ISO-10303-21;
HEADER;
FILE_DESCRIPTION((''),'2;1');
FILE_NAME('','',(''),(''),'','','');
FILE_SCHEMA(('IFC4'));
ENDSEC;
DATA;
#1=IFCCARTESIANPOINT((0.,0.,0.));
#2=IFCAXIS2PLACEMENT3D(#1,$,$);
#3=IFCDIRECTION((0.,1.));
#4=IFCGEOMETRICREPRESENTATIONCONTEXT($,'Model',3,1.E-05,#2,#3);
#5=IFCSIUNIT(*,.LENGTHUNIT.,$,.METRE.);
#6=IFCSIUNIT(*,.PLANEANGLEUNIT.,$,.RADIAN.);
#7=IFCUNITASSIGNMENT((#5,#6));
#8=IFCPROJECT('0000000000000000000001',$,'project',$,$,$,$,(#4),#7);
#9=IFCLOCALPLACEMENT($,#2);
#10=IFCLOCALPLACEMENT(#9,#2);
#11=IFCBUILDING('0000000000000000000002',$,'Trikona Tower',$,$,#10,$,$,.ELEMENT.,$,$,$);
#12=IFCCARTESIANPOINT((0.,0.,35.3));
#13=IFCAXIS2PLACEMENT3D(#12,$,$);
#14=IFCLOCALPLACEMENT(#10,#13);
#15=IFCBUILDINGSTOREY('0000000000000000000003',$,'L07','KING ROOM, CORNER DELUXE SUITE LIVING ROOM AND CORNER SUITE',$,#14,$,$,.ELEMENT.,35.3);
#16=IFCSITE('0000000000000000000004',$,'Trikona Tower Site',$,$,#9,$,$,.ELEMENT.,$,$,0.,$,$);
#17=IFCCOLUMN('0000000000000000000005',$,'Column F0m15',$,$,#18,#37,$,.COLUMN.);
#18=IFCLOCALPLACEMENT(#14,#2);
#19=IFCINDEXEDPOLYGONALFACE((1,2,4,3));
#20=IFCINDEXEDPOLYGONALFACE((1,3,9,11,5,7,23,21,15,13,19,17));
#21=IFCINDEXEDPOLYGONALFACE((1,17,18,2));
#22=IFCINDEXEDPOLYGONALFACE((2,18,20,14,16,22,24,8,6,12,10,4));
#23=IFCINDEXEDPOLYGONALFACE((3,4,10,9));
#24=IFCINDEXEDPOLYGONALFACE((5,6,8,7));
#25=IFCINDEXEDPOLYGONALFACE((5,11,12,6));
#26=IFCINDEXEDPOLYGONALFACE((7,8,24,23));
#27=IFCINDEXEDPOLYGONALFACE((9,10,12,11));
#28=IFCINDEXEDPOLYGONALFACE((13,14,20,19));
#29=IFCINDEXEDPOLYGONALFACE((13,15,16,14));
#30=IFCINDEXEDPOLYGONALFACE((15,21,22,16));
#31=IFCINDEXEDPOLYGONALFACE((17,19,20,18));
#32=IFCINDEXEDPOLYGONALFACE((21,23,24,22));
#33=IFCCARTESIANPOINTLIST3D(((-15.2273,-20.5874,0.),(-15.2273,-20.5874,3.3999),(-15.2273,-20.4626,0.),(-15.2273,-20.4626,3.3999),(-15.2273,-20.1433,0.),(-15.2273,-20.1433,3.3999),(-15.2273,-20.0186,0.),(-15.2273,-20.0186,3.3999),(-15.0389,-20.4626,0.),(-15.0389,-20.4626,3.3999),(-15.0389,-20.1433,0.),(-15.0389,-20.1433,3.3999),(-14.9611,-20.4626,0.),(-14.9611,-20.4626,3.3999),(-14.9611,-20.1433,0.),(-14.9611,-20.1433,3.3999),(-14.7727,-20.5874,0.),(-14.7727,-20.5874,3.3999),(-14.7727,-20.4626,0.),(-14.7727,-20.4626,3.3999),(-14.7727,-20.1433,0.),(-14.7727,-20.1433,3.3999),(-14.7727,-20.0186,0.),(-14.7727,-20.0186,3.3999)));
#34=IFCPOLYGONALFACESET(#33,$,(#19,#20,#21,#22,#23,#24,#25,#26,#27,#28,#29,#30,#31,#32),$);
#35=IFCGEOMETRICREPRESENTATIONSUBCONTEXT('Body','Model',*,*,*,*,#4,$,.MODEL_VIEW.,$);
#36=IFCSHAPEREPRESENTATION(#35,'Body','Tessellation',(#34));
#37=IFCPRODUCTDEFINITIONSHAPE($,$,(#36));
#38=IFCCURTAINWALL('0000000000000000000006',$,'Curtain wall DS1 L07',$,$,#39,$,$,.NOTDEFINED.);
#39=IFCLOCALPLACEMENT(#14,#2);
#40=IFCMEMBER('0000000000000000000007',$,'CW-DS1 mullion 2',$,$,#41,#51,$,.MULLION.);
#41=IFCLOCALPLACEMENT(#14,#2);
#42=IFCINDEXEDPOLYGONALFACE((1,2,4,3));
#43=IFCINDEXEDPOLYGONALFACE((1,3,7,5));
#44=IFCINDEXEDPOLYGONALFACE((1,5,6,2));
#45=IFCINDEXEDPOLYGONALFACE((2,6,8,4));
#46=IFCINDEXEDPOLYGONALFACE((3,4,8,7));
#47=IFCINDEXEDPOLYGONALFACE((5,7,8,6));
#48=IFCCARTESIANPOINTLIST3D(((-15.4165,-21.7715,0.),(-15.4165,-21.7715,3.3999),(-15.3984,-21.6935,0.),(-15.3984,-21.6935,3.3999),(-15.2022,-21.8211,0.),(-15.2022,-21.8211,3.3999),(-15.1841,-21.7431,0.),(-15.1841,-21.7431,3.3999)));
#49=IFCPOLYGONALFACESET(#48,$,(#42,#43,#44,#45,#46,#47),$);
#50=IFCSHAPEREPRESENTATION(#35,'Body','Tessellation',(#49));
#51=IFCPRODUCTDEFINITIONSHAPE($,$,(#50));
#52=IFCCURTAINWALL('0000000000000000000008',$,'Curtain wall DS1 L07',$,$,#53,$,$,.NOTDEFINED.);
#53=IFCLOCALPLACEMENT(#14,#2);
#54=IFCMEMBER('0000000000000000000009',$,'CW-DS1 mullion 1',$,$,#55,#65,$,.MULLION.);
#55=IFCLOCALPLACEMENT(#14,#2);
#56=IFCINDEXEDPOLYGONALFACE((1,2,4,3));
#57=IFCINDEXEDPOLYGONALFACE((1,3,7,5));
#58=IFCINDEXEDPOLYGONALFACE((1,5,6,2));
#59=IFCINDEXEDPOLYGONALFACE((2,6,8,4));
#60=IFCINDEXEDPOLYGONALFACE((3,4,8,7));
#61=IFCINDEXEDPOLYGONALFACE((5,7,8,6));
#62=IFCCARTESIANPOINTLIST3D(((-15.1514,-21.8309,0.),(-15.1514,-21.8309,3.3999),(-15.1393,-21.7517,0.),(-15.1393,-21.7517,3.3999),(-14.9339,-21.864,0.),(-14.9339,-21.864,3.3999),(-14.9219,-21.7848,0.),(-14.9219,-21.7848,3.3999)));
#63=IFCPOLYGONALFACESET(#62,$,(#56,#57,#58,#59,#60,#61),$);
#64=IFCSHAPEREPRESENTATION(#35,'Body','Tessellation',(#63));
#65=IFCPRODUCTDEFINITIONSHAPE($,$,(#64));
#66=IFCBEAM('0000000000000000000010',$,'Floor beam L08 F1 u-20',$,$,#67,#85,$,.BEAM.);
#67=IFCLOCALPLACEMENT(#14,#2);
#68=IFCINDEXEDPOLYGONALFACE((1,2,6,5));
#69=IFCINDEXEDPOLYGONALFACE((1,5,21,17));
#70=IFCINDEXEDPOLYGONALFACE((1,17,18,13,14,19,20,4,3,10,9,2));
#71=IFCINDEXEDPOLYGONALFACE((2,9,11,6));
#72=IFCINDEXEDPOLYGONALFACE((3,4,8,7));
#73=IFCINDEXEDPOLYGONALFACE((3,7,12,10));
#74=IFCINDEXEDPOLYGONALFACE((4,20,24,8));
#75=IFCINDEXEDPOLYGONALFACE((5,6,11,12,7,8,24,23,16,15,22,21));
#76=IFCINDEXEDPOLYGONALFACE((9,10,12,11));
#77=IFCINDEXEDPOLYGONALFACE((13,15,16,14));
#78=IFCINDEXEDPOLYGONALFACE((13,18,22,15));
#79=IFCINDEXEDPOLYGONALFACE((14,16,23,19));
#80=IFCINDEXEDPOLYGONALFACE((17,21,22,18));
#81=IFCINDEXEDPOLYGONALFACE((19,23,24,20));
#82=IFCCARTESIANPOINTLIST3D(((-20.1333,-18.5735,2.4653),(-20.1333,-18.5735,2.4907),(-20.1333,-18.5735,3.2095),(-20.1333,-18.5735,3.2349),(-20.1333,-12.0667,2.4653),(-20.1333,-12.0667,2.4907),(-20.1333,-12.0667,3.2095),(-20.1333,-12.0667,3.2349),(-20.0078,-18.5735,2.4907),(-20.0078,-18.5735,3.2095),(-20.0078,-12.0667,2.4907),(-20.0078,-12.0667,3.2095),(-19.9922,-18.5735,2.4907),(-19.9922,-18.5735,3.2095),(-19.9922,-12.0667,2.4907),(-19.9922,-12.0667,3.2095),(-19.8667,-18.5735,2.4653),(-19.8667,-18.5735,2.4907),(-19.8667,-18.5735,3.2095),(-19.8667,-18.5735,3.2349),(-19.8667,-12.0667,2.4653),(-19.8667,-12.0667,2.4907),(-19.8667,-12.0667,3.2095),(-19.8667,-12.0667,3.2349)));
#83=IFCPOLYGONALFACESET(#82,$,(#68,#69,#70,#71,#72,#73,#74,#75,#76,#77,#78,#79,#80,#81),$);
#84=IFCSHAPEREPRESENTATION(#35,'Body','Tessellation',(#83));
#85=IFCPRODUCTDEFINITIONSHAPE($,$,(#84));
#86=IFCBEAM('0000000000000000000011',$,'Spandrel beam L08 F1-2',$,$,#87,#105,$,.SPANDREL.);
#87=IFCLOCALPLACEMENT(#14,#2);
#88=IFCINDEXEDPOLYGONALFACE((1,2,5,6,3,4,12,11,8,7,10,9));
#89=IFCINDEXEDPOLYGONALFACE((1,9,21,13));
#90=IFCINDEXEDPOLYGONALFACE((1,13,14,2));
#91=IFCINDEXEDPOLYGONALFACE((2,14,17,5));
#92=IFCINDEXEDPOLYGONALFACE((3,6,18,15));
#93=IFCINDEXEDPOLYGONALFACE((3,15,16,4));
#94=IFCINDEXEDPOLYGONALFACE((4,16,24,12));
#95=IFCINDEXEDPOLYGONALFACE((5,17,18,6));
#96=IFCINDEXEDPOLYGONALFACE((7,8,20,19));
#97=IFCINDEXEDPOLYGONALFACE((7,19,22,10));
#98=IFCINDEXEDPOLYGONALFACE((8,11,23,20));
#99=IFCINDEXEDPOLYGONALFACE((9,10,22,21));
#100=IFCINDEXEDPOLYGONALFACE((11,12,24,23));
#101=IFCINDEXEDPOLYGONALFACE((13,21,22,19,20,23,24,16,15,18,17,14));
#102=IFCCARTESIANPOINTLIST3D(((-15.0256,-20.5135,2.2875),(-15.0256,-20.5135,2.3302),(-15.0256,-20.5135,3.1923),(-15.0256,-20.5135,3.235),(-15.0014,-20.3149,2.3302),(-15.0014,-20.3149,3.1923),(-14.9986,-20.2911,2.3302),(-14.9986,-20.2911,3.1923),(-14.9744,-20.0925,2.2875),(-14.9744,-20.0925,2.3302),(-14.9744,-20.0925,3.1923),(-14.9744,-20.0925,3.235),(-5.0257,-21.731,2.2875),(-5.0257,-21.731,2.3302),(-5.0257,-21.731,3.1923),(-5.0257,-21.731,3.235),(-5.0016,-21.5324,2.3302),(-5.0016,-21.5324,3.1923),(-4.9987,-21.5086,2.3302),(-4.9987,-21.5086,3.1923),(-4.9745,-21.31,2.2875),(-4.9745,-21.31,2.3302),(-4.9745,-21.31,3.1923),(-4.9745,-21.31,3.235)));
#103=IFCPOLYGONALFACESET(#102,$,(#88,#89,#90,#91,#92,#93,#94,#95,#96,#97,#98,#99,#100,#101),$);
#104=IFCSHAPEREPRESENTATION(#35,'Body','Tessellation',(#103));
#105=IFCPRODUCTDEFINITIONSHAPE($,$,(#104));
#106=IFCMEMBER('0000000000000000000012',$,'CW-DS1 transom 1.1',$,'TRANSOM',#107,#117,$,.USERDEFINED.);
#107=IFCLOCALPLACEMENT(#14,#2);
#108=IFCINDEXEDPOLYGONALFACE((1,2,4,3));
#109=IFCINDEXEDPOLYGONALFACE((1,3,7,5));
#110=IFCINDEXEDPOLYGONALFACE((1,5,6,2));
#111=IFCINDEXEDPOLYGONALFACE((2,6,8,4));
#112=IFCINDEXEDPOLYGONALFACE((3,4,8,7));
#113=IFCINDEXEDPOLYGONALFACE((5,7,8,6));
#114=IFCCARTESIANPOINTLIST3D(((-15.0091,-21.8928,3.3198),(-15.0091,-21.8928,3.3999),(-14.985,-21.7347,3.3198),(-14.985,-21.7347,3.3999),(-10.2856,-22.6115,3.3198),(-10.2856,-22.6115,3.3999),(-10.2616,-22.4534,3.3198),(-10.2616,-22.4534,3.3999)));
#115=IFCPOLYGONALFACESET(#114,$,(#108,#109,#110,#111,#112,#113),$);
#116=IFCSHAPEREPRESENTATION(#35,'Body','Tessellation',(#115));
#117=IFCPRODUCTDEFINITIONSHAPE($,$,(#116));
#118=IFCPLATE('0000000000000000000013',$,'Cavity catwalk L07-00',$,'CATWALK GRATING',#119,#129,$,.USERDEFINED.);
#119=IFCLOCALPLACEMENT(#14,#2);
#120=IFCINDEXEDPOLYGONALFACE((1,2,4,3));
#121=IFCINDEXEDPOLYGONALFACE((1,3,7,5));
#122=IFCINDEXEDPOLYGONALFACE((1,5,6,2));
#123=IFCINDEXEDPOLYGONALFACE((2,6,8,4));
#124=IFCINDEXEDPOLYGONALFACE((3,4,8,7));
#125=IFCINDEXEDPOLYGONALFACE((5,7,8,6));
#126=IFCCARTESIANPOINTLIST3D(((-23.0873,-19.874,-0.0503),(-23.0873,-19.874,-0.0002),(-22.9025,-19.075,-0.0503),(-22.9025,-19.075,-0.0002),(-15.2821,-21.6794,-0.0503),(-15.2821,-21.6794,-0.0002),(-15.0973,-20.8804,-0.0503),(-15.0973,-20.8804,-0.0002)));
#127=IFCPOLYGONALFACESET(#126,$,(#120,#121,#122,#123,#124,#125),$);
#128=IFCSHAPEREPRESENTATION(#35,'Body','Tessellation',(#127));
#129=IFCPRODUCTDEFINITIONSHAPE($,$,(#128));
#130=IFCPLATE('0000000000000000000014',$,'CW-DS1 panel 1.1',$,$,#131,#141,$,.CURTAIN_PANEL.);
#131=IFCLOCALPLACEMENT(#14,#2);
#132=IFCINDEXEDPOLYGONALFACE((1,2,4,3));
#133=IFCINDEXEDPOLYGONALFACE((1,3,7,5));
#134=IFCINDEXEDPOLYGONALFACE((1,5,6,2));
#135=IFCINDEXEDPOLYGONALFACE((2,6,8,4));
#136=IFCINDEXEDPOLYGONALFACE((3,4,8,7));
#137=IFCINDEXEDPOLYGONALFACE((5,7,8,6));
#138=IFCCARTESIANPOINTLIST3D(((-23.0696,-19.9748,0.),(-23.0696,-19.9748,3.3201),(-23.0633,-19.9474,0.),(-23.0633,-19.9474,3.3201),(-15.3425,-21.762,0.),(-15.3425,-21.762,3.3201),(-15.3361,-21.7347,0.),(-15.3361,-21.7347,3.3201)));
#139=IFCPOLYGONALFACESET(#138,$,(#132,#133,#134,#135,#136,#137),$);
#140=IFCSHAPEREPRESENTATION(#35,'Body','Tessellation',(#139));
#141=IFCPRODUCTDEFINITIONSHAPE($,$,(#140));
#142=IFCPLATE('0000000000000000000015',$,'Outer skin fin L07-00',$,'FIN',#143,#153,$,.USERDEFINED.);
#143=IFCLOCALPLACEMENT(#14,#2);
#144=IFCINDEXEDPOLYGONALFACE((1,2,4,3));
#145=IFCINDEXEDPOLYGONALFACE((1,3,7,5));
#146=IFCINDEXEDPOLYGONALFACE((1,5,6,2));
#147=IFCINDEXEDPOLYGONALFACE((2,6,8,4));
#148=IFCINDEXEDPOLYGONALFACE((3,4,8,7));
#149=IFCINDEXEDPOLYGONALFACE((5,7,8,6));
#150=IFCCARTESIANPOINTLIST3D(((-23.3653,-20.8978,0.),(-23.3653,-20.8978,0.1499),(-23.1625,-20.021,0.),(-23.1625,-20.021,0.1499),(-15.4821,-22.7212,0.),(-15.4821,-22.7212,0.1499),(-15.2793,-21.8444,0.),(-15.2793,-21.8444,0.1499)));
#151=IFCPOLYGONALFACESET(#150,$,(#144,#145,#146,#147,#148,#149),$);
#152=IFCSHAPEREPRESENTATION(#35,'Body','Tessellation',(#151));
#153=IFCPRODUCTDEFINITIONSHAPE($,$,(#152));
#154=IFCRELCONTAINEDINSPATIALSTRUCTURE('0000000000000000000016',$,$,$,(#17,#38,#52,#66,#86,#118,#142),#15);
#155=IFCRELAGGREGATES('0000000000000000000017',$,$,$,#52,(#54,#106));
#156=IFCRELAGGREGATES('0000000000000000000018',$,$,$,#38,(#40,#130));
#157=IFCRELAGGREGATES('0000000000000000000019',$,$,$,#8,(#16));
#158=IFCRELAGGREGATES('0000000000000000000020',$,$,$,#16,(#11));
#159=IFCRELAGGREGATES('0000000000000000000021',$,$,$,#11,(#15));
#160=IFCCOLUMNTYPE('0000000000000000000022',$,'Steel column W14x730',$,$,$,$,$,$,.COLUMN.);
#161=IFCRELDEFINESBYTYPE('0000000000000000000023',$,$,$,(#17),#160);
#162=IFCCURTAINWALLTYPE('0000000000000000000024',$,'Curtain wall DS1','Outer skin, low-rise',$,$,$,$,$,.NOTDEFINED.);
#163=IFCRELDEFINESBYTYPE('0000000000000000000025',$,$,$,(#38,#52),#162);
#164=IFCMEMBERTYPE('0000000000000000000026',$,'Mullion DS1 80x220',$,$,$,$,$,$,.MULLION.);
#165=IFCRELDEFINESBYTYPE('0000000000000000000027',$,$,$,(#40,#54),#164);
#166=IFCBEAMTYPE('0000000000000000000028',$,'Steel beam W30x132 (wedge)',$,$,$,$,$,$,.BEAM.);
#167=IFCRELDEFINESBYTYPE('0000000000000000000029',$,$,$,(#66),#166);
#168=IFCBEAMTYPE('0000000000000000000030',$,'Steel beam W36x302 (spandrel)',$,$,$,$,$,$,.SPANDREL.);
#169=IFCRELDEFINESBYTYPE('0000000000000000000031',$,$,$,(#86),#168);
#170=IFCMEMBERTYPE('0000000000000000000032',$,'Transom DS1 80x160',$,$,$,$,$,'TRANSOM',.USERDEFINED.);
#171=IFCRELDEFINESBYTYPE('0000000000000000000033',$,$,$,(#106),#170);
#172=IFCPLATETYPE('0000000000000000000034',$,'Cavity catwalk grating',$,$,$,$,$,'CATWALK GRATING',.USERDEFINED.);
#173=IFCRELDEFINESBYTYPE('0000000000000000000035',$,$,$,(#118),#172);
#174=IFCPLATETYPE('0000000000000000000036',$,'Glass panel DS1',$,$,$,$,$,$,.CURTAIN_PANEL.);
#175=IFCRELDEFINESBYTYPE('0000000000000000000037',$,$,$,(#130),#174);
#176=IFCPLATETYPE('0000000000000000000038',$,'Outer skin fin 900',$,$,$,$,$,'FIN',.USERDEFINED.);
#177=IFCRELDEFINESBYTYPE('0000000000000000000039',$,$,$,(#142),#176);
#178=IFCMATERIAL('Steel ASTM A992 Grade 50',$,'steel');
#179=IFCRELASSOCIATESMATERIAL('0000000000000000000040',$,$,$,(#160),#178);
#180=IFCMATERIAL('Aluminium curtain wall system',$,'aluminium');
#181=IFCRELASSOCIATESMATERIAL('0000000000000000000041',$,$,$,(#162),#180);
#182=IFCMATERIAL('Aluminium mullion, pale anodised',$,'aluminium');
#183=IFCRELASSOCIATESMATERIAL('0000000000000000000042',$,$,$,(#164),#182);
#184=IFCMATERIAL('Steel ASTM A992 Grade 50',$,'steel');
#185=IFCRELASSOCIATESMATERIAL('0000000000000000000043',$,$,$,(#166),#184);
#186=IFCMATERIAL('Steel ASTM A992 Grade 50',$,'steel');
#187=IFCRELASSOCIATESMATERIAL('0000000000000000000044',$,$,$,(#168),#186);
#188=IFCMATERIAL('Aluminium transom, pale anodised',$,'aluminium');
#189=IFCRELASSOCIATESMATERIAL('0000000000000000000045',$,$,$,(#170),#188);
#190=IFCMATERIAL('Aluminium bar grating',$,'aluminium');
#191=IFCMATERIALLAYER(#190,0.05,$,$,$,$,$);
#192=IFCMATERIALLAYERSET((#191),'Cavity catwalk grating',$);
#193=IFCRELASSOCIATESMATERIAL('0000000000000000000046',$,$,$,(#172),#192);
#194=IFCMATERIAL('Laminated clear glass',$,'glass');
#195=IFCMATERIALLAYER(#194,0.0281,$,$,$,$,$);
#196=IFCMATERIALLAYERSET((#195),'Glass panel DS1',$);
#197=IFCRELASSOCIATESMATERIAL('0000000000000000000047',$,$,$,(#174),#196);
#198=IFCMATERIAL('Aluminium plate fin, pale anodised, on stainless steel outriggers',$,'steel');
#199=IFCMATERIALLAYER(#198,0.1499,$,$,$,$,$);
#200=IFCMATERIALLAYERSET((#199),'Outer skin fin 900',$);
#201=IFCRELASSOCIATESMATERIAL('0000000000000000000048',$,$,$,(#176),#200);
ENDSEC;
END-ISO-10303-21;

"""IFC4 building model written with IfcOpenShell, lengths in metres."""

from ifc_helpers import new_model, si_unit, direction, frame, origin, origin_2d, place, context, subcontext, project, spatial, rectangle, i_section, extrude, material, layer, layer_set, material_profile, profile_set, type_object, element, aggregate, save


model = new_model("IFC4")

# Units and contexts
model_context = context("Model", 3, precision=1e-05, world=origin(), true_north=direction((0.0, 1.0)))
body_context = subcontext(model_context, "Body", "Model", "MODEL_VIEW")
ifc_project = project(units=[si_unit("LENGTHUNIT", "METRE"), si_unit("PLANEANGLEUNIT", "RADIAN")], contexts=[model_context])

# Site, building, storey
site_placement = place(None, origin())
site = spatial("IfcSite", under=ifc_project, at=site_placement, Name="Trikona Tower Site", CompositionType="ELEMENT", RefElevation=0.0)
building_placement = place(site_placement, origin())
building = spatial("IfcBuilding", under=site, at=building_placement, Name="Trikona Tower", CompositionType="ELEMENT")
storey_placement = place(building_placement, frame((0.0, 0.0, 35.3)))
storey = spatial("IfcBuildingStorey", under=building, at=storey_placement, Name="L07", Description="KING ROOM, CORNER DELUXE SUITE LIVING ROOM AND CORNER SUITE", CompositionType="ELEMENT", Elevation=35.3)

# Column
ifc_material_1 = material(Name="Steel ASTM A992 Grade 50", Category="steel")
ifc_material_profile_1 = material_profile(ifc_material_1, i_section(OverallWidth=0.4546, OverallDepth=0.5688, WebThickness=0.0779, FlangeThickness=0.1248, at=origin_2d()), Name="W14X730")
ifc_profile_set_1 = profile_set([ifc_material_profile_1], Name="Steel ASTM A992 Grade 50")
column_type = type_object("IfcColumnType", Name="Steel column W14x730", PredefinedType="COLUMN", material=ifc_profile_set_1)
column_placement = place(storey_placement, frame((-15.0, -20.303, 0.0), z_axis=(0.0, 0.0, 1.0), x_axis=(1.0, 0.0, 0.0)))
element("IfcColumn", 1, at=column_placement, inside=storey, type_object=column_type, Name="Column F0m15", PredefinedType="COLUMN", context=body_context, shape_type="SweptSolid", body=[
    extrude(i_section(OverallWidth=0.4546, OverallDepth=0.5688, WebThickness=0.0779, FlangeThickness=0.1248, at=origin_2d()), origin(), (0.0, 0.0, 1.0), 3.3999),
])

# Curtain walls, members
ifc_material_2 = material(Name="Aluminium curtain wall system", Category="aluminium")
curtain_wall_type = type_object("IfcCurtainWallType", Name="Curtain wall DS1", Description="Outer skin, low-rise", PredefinedType="NOTDEFINED", material=ifc_material_2)
curtain_wall_1_placement = place(storey_placement, origin())
curtain_wall_1 = element("IfcCurtainWall", 2, at=curtain_wall_1_placement, inside=storey, type_object=curtain_wall_type, Name="Curtain wall DS1 L07", PredefinedType="NOTDEFINED")
ifc_material_3 = material(Name="Aluminium mullion, pale anodised", Category="aluminium")
ifc_material_profile_2 = material_profile(ifc_material_3, rectangle(XDim=0.0801, YDim=0.22, at=origin_2d()), Name="MUL-DS1")
ifc_profile_set_2 = profile_set([ifc_material_profile_2], Name="Aluminium mullion, pale anodised")
member_type_1 = type_object("IfcMemberType", Name="Mullion DS1 80x220", PredefinedType="MULLION", material=ifc_profile_set_2)
member_1_placement = place(storey_placement, frame((-15.3003, -21.7573, 0.0), z_axis=(0.0, 0.0, 1.0), x_axis=(0.225343, 0.974279, 0.0)))
member_1 = element("IfcMember", 3, at=member_1_placement, type_object=member_type_1, Name="CW-DS1 mullion 2", PredefinedType="MULLION", context=body_context, shape_type="SweptSolid", body=[
    extrude(rectangle(XDim=0.0801, YDim=0.22, at=origin_2d()), origin(), (0.0, 0.0, 1.0), 3.3999),
])
curtain_wall_2_placement = place(storey_placement, origin())
curtain_wall_2 = element("IfcCurtainWall", 4, at=curtain_wall_2_placement, inside=storey, type_object=curtain_wall_type, Name="Curtain wall DS1 L07", PredefinedType="NOTDEFINED")
member_2_placement = place(storey_placement, frame((-15.0366, -21.8079, 0.0), z_axis=(0.0, 0.0, 1.0), x_axis=(0.150438, 0.988619, 0.0)))
member_2 = element("IfcMember", 5, at=member_2_placement, type_object=member_type_1, Name="CW-DS1 mullion 1", PredefinedType="MULLION", context=body_context, shape_type="SweptSolid", body=[
    extrude(rectangle(XDim=0.0801, YDim=0.22, at=origin_2d()), origin(), (0.0, 0.0, 1.0), 3.3999),
])

# Beams
ifc_material_4 = material(Name="Steel ASTM A992 Grade 50", Category="steel")
ifc_material_profile_3 = material_profile(ifc_material_4, i_section(OverallWidth=0.2666, OverallDepth=0.7695, WebThickness=0.0156, FlangeThickness=0.0254, at=origin_2d()), Name="W30X132")
ifc_profile_set_3 = profile_set([ifc_material_profile_3], Name="Steel ASTM A992 Grade 50")
beam_type_1 = type_object("IfcBeamType", Name="Steel beam W30x132 (wedge)", PredefinedType="BEAM", material=ifc_profile_set_3)
beam_1_placement = place(storey_placement, frame((-20.0, -12.0667, 2.8501), z_axis=(0.0, -1.0, 0.0), x_axis=(1.0, 0.0, 0.0)))
element("IfcBeam", 6, at=beam_1_placement, inside=storey, type_object=beam_type_1, Name="Floor beam L08 F1 u-20", PredefinedType="BEAM", context=body_context, shape_type="SweptSolid", body=[
    extrude(i_section(OverallWidth=0.2666, OverallDepth=0.7695, WebThickness=0.0156, FlangeThickness=0.0254, at=origin_2d()), origin(), (0.0, 0.0, 1.0), 6.5068),
])
ifc_material_5 = material(Name="Steel ASTM A992 Grade 50", Category="steel")
ifc_material_profile_4 = material_profile(ifc_material_5, i_section(OverallWidth=0.4241, OverallDepth=0.9475, WebThickness=0.0239, FlangeThickness=0.0427, at=origin_2d()), Name="W36X302")
ifc_profile_set_4 = profile_set([ifc_material_profile_4], Name="Steel ASTM A992 Grade 50")
beam_type_2 = type_object("IfcBeamType", Name="Steel beam W36x302 (spandrel)", PredefinedType="SPANDREL", material=ifc_profile_set_4)
beam_2_placement = place(storey_placement, frame((-15.0, -20.303, 2.7612), z_axis=(0.99267, -0.12086, 0.0), x_axis=(0.12086, 0.99267, 0.0)))
element("IfcBeam", 7, at=beam_2_placement, inside=storey, type_object=beam_type_2, Name="Spandrel beam L08 F1-2", PredefinedType="SPANDREL", context=body_context, shape_type="SweptSolid", body=[
    extrude(i_section(OverallWidth=0.4241, OverallDepth=0.9475, WebThickness=0.0239, FlangeThickness=0.0427, at=origin_2d()), origin(), (0.0, 0.0, 1.0), 10.0737),
])

# Member
ifc_material_6 = material(Name="Aluminium transom, pale anodised", Category="aluminium")
ifc_material_profile_5 = material_profile(ifc_material_6, rectangle(XDim=0.1599, YDim=0.0801, at=origin_2d()), Name="TRN-DS1")
ifc_profile_set_5 = profile_set([ifc_material_profile_5], Name="Aluminium transom, pale anodised")
member_type_2 = type_object("IfcMemberType", Name="Transom DS1 80x160", ElementType="TRANSOM", PredefinedType="USERDEFINED", material=ifc_profile_set_5)
member_3_placement = place(storey_placement, frame((-14.9971, -21.8137, 3.3599), z_axis=(0.98862, -0.150437, 0.0), x_axis=(0.150437, 0.98862, 0.0)))
member_3 = element("IfcMember", 8, at=member_3_placement, type_object=member_type_2, Name="CW-DS1 transom 1.1", ObjectType="TRANSOM", PredefinedType="USERDEFINED", context=body_context, shape_type="SweptSolid", body=[
    extrude(rectangle(XDim=0.1599, YDim=0.0801, at=origin_2d()), origin(), (0.0, 0.0, 1.0), 4.7778),
])
aggregate(curtain_wall_2, [member_2, member_3])

# Plates
ifc_material_7 = material(Name="Aluminium bar grating", Category="aluminium")
ifc_layer_1 = layer(ifc_material_7, 0.05)
ifc_layer_set_1 = layer_set([ifc_layer_1], Name="Cavity catwalk grating")
plate_type_1 = type_object("IfcPlateType", Name="Cavity catwalk grating", ElementType="CATWALK GRATING", PredefinedType="USERDEFINED", material=ifc_layer_set_1)
plate_1_placement = place(storey_placement, frame((-19.0923, -20.3772, -0.0503), z_axis=(0.0, 0.0, 1.0), x_axis=(0.974278, -0.225351, 0.0)))
element("IfcPlate", 9, at=plate_1_placement, inside=storey, type_object=plate_type_1, Name="Cavity catwalk L07-00", ObjectType="CATWALK GRATING", PredefinedType="USERDEFINED", context=body_context, shape_type="SweptSolid", body=[
    extrude(rectangle(XDim=8.0112, YDim=0.8201, at=origin_2d()), origin(), (0.0, 0.0, 1.0), 0.05),
])
ifc_material_8 = material(Name="Laminated clear glass", Category="glass")
ifc_layer_2 = layer(ifc_material_8, 0.0281)
ifc_layer_set_2 = layer_set([ifc_layer_2], Name="Glass panel DS1")
plate_type_2 = type_object("IfcPlateType", Name="Glass panel DS1", PredefinedType="CURTAIN_PANEL", material=ifc_layer_set_2)
plate_2_placement = place(storey_placement, frame((-19.2029, -20.8547, 0.0), z_axis=(0.0, 0.0, 1.0), x_axis=(0.974279, -0.225343, 0.0)))
plate_2 = element("IfcPlate", 10, at=plate_2_placement, type_object=plate_type_2, Name="CW-DS1 panel 1.1", PredefinedType="CURTAIN_PANEL", context=body_context, shape_type="SweptSolid", body=[
    extrude(rectangle(XDim=7.9312, YDim=0.0281, at=origin_2d()), origin(), (0.0, 0.0, 1.0), 3.3201),
])
aggregate(curtain_wall_1, [member_1, plate_2])
ifc_material_9 = material(Name="Aluminium plate fin, pale anodised, on stainless steel outriggers", Category="steel")
ifc_layer_3 = layer(ifc_material_9, 0.1499)
ifc_layer_set_3 = layer_set([ifc_layer_3], Name="Outer skin fin 900")
plate_type_3 = type_object("IfcPlateType", Name="Outer skin fin 900", ElementType="FIN", PredefinedType="USERDEFINED", material=ifc_layer_set_3)
plate_3_placement = place(storey_placement, frame((-19.3223, -21.3711, 0.0), z_axis=(0.0, 0.0, 1.0), x_axis=(0.974278, -0.225351, 0.0)))
element("IfcPlate", 11, at=plate_3_placement, inside=storey, type_object=plate_type_3, Name="Outer skin fin L07-00", ObjectType="FIN", PredefinedType="USERDEFINED", context=body_context, shape_type="SweptSolid", body=[
    extrude(rectangle(XDim=8.0913, YDim=0.8999, at=origin_2d()), origin(), (0.0, 0.0, 1.0), 0.1499),
])

save(model, "model.ifc")
